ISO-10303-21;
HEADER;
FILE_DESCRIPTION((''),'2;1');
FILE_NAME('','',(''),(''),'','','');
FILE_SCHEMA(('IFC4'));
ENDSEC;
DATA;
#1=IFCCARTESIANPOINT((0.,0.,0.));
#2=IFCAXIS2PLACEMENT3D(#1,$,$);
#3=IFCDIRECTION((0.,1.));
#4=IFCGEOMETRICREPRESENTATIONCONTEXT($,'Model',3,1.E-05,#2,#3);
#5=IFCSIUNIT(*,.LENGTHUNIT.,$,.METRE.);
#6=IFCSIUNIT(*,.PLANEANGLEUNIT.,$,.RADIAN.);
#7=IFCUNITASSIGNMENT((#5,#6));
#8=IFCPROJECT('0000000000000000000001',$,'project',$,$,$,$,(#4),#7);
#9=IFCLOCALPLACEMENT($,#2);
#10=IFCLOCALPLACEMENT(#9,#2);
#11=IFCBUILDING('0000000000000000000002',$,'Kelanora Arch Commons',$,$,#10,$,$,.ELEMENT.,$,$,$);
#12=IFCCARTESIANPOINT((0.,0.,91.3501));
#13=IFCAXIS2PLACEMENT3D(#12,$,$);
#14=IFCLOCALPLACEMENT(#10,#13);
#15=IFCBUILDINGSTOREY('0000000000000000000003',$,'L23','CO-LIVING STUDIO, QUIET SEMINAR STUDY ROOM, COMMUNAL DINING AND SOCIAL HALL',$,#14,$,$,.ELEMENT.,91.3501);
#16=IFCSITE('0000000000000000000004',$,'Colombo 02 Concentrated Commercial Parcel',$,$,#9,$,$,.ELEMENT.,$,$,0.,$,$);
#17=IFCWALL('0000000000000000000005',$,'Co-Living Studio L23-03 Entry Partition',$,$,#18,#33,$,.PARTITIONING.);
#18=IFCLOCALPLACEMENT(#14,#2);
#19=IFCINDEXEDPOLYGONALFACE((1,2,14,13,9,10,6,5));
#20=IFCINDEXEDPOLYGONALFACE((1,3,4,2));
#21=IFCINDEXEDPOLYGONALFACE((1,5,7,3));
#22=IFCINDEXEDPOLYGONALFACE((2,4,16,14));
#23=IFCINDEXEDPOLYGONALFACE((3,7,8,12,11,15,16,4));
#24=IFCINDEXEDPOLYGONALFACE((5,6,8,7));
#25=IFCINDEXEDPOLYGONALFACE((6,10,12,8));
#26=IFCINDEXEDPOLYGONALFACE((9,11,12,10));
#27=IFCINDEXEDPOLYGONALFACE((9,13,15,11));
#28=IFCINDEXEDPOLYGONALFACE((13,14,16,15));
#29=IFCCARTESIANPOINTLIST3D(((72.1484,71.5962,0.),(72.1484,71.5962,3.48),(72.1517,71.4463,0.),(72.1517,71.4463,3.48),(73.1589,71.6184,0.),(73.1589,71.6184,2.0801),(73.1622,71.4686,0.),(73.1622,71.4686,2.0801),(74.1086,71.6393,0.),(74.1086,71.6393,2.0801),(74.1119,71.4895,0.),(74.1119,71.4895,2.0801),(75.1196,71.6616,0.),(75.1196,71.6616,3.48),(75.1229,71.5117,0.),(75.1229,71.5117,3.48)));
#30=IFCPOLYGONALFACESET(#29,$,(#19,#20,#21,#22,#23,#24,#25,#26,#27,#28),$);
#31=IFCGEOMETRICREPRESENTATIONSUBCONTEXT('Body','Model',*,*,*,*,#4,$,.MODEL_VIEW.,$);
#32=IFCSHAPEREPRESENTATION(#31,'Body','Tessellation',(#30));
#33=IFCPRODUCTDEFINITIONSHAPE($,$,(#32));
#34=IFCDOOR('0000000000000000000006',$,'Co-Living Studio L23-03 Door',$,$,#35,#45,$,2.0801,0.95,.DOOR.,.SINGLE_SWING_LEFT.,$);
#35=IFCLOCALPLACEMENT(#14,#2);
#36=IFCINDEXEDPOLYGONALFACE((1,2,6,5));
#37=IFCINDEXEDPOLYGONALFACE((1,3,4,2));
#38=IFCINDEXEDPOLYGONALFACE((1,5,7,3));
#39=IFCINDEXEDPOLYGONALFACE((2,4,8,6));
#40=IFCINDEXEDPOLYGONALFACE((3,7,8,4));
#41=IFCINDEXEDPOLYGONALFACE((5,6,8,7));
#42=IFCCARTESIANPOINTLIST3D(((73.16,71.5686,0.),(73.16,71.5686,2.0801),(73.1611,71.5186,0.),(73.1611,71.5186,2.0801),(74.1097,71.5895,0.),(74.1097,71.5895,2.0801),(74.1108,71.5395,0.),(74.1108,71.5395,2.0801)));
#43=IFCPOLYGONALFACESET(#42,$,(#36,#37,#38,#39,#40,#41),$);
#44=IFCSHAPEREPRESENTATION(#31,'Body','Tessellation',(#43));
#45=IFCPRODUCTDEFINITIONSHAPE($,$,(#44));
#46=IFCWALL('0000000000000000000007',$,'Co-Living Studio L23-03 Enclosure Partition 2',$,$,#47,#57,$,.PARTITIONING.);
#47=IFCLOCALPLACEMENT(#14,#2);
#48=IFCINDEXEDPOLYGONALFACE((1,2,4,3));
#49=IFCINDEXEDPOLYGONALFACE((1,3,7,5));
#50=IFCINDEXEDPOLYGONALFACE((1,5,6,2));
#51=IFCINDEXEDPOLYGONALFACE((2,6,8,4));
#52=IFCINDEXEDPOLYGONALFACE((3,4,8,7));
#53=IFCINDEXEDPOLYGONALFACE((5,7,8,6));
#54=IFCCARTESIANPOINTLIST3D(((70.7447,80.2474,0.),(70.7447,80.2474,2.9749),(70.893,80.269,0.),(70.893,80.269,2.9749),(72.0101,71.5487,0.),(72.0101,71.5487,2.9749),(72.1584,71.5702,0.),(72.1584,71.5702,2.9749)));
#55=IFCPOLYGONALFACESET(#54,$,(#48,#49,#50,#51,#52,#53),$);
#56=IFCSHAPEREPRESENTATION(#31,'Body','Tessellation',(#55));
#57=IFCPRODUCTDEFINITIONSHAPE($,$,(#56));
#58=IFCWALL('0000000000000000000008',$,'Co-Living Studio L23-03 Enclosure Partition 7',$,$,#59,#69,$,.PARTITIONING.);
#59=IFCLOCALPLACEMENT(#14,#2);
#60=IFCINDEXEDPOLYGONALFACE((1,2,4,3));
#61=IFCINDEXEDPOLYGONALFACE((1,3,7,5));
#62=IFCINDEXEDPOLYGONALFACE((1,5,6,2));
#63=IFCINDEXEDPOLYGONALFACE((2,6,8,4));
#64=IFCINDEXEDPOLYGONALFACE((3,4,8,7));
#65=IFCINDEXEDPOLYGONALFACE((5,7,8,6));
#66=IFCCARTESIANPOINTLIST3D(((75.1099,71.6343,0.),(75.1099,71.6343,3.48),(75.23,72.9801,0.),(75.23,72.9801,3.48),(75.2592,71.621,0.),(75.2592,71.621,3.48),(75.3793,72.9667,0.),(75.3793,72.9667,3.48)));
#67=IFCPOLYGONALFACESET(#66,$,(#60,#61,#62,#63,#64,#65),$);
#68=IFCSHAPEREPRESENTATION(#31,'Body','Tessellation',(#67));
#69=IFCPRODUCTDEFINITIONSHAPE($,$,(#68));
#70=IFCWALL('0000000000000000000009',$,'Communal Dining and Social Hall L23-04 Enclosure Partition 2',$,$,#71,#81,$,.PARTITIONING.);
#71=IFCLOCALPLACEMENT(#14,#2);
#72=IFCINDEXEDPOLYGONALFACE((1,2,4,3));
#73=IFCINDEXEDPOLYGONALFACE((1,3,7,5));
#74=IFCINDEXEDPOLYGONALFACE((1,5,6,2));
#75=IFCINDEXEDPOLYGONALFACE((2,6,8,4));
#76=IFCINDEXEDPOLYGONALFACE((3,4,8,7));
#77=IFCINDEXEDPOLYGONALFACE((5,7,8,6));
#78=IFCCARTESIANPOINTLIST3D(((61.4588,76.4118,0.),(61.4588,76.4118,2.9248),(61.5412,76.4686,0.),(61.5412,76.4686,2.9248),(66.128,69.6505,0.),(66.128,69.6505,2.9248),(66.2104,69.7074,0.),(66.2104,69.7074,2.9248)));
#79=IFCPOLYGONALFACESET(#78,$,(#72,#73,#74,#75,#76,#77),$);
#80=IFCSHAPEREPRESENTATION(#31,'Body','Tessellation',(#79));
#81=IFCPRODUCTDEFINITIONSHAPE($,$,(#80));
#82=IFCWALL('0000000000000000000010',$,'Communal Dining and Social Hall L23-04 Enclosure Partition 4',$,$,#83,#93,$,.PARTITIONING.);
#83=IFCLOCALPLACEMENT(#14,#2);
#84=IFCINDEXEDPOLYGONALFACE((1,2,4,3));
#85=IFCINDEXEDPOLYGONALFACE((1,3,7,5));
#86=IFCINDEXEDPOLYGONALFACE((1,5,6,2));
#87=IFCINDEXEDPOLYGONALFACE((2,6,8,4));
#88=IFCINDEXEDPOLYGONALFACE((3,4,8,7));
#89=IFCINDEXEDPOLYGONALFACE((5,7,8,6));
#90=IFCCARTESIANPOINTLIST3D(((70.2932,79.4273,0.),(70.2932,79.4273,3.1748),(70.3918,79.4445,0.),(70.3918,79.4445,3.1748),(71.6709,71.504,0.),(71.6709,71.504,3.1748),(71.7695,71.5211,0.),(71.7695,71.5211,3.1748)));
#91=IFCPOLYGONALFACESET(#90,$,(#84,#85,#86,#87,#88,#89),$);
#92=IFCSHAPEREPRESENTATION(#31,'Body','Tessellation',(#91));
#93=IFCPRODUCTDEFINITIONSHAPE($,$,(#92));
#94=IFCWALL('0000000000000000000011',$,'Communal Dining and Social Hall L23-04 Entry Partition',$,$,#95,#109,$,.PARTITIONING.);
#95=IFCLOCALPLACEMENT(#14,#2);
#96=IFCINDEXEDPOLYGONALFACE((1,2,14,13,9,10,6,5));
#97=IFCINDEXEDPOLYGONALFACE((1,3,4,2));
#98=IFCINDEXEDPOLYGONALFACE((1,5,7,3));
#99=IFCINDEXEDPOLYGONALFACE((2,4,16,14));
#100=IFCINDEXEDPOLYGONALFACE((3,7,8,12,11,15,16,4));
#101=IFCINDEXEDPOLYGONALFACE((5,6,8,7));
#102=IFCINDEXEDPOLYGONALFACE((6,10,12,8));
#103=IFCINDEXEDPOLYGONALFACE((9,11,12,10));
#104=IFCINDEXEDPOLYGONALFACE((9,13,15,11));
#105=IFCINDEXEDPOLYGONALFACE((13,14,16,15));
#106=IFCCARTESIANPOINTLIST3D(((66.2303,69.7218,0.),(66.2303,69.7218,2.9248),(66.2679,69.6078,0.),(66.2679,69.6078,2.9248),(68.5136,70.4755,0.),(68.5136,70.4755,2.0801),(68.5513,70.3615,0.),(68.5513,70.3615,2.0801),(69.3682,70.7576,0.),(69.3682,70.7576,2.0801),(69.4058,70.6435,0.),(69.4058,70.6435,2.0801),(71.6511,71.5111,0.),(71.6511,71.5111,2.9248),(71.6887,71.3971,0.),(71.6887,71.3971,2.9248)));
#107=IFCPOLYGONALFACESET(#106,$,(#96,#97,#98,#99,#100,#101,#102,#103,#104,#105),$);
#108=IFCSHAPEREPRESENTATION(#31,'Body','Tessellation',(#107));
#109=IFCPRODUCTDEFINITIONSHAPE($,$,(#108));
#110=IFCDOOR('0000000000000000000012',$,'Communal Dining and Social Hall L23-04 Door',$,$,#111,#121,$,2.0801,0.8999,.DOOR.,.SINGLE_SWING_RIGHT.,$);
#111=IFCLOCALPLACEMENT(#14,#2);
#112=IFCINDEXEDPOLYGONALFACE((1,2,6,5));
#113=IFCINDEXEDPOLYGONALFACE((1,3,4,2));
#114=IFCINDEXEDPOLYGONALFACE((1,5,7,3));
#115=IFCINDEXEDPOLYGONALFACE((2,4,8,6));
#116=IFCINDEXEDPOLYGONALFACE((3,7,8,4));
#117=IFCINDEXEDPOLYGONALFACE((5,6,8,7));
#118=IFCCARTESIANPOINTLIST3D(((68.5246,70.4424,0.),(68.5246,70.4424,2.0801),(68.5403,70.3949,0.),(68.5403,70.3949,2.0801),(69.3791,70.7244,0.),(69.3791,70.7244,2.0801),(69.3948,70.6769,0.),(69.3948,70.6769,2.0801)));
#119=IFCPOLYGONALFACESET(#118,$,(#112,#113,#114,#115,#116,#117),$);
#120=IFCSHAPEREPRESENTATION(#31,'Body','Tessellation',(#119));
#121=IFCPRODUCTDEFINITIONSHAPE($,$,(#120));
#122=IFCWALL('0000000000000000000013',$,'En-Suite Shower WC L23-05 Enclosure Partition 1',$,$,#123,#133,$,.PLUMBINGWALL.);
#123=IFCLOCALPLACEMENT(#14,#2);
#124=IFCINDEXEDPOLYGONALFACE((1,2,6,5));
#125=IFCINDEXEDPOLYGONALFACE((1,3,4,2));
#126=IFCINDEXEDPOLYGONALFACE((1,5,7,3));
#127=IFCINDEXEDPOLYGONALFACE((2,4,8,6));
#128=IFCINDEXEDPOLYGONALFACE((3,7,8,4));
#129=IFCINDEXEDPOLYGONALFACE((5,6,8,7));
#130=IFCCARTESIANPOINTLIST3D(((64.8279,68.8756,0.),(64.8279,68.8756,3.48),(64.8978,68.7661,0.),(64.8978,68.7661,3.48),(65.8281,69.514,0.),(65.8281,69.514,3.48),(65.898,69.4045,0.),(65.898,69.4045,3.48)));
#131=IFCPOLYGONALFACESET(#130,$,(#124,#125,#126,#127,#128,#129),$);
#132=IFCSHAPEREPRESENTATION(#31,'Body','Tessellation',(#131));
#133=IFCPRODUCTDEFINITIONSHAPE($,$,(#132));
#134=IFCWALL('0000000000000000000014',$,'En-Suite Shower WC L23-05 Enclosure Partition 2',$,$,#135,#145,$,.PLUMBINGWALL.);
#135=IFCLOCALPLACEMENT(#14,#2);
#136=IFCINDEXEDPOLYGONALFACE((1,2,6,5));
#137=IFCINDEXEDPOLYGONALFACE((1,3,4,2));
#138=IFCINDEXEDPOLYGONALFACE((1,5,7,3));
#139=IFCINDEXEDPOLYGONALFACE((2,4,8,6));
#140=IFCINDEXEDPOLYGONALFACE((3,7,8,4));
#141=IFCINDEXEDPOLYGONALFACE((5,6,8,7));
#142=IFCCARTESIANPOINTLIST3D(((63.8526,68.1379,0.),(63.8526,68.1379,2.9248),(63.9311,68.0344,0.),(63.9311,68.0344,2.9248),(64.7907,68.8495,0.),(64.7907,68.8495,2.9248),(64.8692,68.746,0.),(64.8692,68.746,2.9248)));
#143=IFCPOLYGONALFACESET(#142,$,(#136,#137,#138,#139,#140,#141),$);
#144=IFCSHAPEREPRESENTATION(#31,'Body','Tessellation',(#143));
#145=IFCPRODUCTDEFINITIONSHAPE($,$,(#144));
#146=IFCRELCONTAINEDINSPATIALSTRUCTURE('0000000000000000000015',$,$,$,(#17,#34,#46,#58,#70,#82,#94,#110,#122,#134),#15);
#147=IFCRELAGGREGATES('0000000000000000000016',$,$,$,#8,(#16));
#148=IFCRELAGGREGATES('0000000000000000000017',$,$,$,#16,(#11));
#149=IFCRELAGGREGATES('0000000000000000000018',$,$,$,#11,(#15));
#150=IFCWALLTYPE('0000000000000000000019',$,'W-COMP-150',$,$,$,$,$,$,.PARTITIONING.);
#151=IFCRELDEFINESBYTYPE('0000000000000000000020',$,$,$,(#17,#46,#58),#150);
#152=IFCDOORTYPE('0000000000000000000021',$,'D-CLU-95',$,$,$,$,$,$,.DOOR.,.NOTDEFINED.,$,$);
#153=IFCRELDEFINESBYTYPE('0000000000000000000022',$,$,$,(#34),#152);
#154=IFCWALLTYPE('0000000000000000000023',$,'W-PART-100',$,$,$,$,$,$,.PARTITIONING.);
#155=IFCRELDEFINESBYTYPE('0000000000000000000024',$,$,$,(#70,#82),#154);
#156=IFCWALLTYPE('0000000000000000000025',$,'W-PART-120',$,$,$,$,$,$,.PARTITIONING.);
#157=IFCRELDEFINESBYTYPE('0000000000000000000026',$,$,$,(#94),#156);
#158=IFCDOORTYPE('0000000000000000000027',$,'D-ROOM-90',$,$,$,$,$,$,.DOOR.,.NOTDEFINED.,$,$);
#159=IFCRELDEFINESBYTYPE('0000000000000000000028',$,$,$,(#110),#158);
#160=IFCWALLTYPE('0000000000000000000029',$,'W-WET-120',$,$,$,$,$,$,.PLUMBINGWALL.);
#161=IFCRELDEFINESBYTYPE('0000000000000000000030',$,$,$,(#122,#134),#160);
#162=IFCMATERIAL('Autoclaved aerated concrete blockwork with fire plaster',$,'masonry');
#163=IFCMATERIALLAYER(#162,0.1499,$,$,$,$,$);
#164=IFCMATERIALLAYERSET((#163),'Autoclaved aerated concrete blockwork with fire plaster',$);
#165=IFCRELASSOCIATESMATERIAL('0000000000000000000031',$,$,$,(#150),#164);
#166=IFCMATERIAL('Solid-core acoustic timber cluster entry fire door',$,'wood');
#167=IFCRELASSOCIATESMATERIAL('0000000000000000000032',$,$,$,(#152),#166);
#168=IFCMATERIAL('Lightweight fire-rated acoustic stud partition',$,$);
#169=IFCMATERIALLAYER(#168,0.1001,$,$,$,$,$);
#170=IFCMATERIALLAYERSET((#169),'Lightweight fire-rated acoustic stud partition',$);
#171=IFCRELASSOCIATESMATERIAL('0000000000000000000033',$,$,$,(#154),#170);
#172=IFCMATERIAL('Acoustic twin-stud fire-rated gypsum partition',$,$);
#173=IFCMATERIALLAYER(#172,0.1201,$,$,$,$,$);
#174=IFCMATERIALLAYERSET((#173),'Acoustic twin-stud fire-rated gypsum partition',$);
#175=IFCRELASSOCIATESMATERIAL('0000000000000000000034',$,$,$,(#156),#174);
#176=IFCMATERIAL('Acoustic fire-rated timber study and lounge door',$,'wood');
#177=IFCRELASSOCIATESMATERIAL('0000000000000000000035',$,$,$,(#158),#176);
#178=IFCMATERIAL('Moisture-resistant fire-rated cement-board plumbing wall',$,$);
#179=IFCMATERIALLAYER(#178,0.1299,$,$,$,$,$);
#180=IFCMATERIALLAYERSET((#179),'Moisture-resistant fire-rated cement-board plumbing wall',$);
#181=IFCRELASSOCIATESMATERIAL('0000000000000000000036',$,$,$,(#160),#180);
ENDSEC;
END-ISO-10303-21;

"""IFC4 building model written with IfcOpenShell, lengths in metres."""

from ifc_helpers import new_model, si_unit, direction, frame, frame_2d, origin, place, context, subcontext, project, spatial, rectangle, extrude, material, layer, layer_set, type_object, element, fill, save


model = new_model("IFC4")

# Units and contexts
model_context = context("Model", 3, precision=1e-05, world=origin(), true_north=direction((0.0, 1.0)))
body_context = subcontext(model_context, "Body", "Model", "MODEL_VIEW")
ifc_project = project(units=[si_unit("LENGTHUNIT", "METRE"), si_unit("PLANEANGLEUNIT", "RADIAN")], contexts=[model_context])

# Site, building, storey
site_placement = place(None, origin())
site = spatial("IfcSite", under=ifc_project, at=site_placement, Name="Colombo 02 Concentrated Commercial Parcel", CompositionType="ELEMENT", RefElevation=0.0)
building_placement = place(site_placement, origin())
building = spatial("IfcBuilding", under=site, at=building_placement, Name="Kelanora Arch Commons", CompositionType="ELEMENT")
storey_placement = place(building_placement, frame((0.0, 0.0, 91.3501)))
storey = spatial("IfcBuildingStorey", under=building, at=storey_placement, Name="L23", Description="CO-LIVING STUDIO, QUIET SEMINAR STUDY ROOM, COMMUNAL DINING AND SOCIAL HALL", CompositionType="ELEMENT", Elevation=91.3501)

# Wall, opening, door
ifc_material_1 = material(Name="Autoclaved aerated concrete blockwork with fire plaster", Category="masonry")
ifc_layer_1 = layer(ifc_material_1, 0.1499)
ifc_layer_set_1 = layer_set([ifc_layer_1], Name="Autoclaved aerated concrete blockwork with fire plaster")
wall_type_1 = type_object("IfcWallType", Name="W-COMP-150", PredefinedType="PARTITIONING", material=ifc_layer_set_1)
wall_1_placement = place(storey_placement, frame((75.1211, 71.5867, 0.0), z_axis=(0.0, 0.0, 1.0), x_axis=(-0.999758, -0.022016, 0.0)))
wall_1 = element("IfcWall", 1, at=wall_1_placement, inside=storey, type_object=wall_type_1, Name="Co-Living Studio L23-03 Entry Partition", PredefinedType="PARTITIONING", context=body_context, shape_type="SweptSolid", body=[
    extrude(rectangle(XDim=2.9719, YDim=0.1499, at=frame_2d((1.4858, 0.0))), origin(), (0.0, 0.0, 1.0), 3.48),
])
opening_1_placement = place(wall_1_placement, frame((1.011, 0.0, 0.0)))
opening_1 = element("IfcOpeningElement", 2, at=opening_1_placement, cuts=wall_1, PredefinedType="OPENING", context=body_context, shape_type="SweptSolid", body=[
    extrude(rectangle(XDim=0.95, YDim=2.0801, at=frame_2d((0.4751, 1.04))), frame((0.0, 0.085, 0.0), z_axis=(0.0, -1.0, 0.0), x_axis=(1.0, 0.0, 0.0)), (0.0, 0.0, 1.0), 0.1699),
])
ifc_material_2 = material(Name="Solid-core acoustic timber cluster entry fire door", Category="wood")
door_type_1 = type_object("IfcDoorType", Name="D-CLU-95", OperationType="NOTDEFINED", PredefinedType="DOOR", material=ifc_material_2)
door_1_placement = place(opening_1_placement, origin())
door_1 = element("IfcDoor", 3, at=door_1_placement, inside=storey, type_object=door_type_1, Name="Co-Living Studio L23-03 Door", OperationType="SINGLE_SWING_LEFT", OverallHeight=2.0801, OverallWidth=0.95, PredefinedType="DOOR", context=body_context, shape_type="SweptSolid", body=[
    extrude(rectangle(XDim=0.95, YDim=2.0801, at=frame_2d((0.4751, 1.04))), frame((0.0, 0.0249, 0.0), z_axis=(0.0, -1.0, 0.0), x_axis=(1.0, 0.0, 0.0)), (0.0, 0.0, 1.0), 0.05),
])
fill(opening_1, door_1)

# Walls
wall_2_placement = place(storey_placement, frame((72.0842, 71.5596, 0.0), z_axis=(0.0, 0.0, 1.0), x_axis=(-0.143952, 0.989585, 0.0)))
element("IfcWall", 4, at=wall_2_placement, inside=storey, type_object=wall_type_1, Name="Co-Living Studio L23-03 Enclosure Partition 2", PredefinedType="PARTITIONING", context=body_context, shape_type="SweptSolid", body=[
    extrude(rectangle(XDim=8.7903, YDim=0.1499, at=frame_2d((4.395, 0.0))), origin(), (0.0, 0.0, 1.0), 2.9749),
])
wall_3_placement = place(storey_placement, frame((75.3047, 72.9734, 0.0), z_axis=(0.0, 0.0, 1.0), x_axis=(-0.088906, -0.99604, 0.0)))
element("IfcWall", 5, at=wall_3_placement, inside=storey, type_object=wall_type_1, Name="Co-Living Studio L23-03 Enclosure Partition 7", PredefinedType="PARTITIONING", context=body_context, shape_type="SweptSolid", body=[
    extrude(rectangle(XDim=1.3511, YDim=0.1499, at=frame_2d((0.6755, 0.0))), origin(), (0.0, 0.0, 1.0), 3.48),
])
ifc_material_3 = material(Name="Lightweight fire-rated acoustic stud partition")
ifc_layer_2 = layer(ifc_material_3, 0.1001)
ifc_layer_set_2 = layer_set([ifc_layer_2], Name="Lightweight fire-rated acoustic stud partition")
wall_type_2 = type_object("IfcWallType", Name="W-PART-100", PredefinedType="PARTITIONING", material=ifc_layer_set_2)
wall_4_placement = place(storey_placement, frame((66.1692, 69.679, 0.0), z_axis=(0.0, 0.0, 1.0), x_axis=(-0.56825, 0.822856, 0.0)))
element("IfcWall", 6, at=wall_4_placement, inside=storey, type_object=wall_type_2, Name="Communal Dining and Social Hall L23-04 Enclosure Partition 2", PredefinedType="PARTITIONING", context=body_context, shape_type="SweptSolid", body=[
    extrude(rectangle(XDim=8.2168, YDim=0.1001, at=frame_2d((4.1084, 0.0))), origin(), (0.0, 0.0, 1.0), 2.9248),
])
wall_5_placement = place(storey_placement, frame((70.3425, 79.4358, 0.0), z_axis=(0.0, 0.0, 1.0), x_axis=(0.171307, -0.985218, 0.0)))
element("IfcWall", 7, at=wall_5_placement, inside=storey, type_object=wall_type_2, Name="Communal Dining and Social Hall L23-04 Enclosure Partition 4", PredefinedType="PARTITIONING", context=body_context, shape_type="SweptSolid", body=[
    extrude(rectangle(XDim=8.0422, YDim=0.1001, at=frame_2d((4.021, 0.0))), origin(), (0.0, 0.0, 1.0), 3.1748),
])

# Wall, opening, door
ifc_material_4 = material(Name="Acoustic twin-stud fire-rated gypsum partition")
ifc_layer_3 = layer(ifc_material_4, 0.1201)
ifc_layer_set_3 = layer_set([ifc_layer_3], Name="Acoustic twin-stud fire-rated gypsum partition")
wall_type_3 = type_object("IfcWallType", Name="W-PART-120", PredefinedType="PARTITIONING", material=ifc_layer_set_3)
wall_6_placement = place(storey_placement, frame((71.6699, 71.4541, 0.0), z_axis=(0.0, 0.0, 1.0), x_axis=(-0.949607, -0.313442, 0.0)))
wall_6 = element("IfcWall", 8, at=wall_6_placement, inside=storey, type_object=wall_type_3, Name="Communal Dining and Social Hall L23-04 Entry Partition", PredefinedType="PARTITIONING", context=body_context, shape_type="SweptSolid", body=[
    extrude(rectangle(XDim=5.7085, YDim=0.1201, at=frame_2d((2.8542, 0.0))), origin(), (0.0, 0.0, 1.0), 2.9248),
])
opening_2_placement = place(wall_6_placement, frame((2.4041, 0.0, 0.0)))
opening_2 = element("IfcOpeningElement", 9, at=opening_2_placement, cuts=wall_6, PredefinedType="OPENING", context=body_context, shape_type="SweptSolid", body=[
    extrude(rectangle(XDim=0.8999, YDim=2.0801, at=frame_2d((0.45, 1.04))), frame((0.0, 0.0701, 0.0), z_axis=(0.0, -1.0, 0.0), x_axis=(1.0, 0.0, 0.0)), (0.0, 0.0, 1.0), 0.1401),
])
ifc_material_5 = material(Name="Acoustic fire-rated timber study and lounge door", Category="wood")
door_type_2 = type_object("IfcDoorType", Name="D-ROOM-90", OperationType="NOTDEFINED", PredefinedType="DOOR", material=ifc_material_5)
door_2_placement = place(opening_2_placement, origin())
door_2 = element("IfcDoor", 10, at=door_2_placement, inside=storey, type_object=door_type_2, Name="Communal Dining and Social Hall L23-04 Door", OperationType="SINGLE_SWING_RIGHT", OverallHeight=2.0801, OverallWidth=0.8999, PredefinedType="DOOR", context=body_context, shape_type="SweptSolid", body=[
    extrude(rectangle(XDim=0.8999, YDim=2.0801, at=frame_2d((0.45, 1.04))), frame((0.0, 0.0249, 0.0), z_axis=(0.0, -1.0, 0.0), x_axis=(1.0, 0.0, 0.0)), (0.0, 0.0, 1.0), 0.05),
])
fill(opening_2, door_2)

# Walls
ifc_material_6 = material(Name="Moisture-resistant fire-rated cement-board plumbing wall")
ifc_layer_4 = layer(ifc_material_6, 0.1299)
ifc_layer_set_4 = layer_set([ifc_layer_4], Name="Moisture-resistant fire-rated cement-board plumbing wall")
wall_type_4 = type_object("IfcWallType", Name="W-WET-120", PredefinedType="PLUMBINGWALL", material=ifc_layer_set_4)
wall_7_placement = place(storey_placement, frame((65.863, 69.4592, 0.0), z_axis=(0.0, 0.0, 1.0), x_axis=(-0.842932, -0.53802, 0.0)))
element("IfcWall", 11, at=wall_7_placement, inside=storey, type_object=wall_type_4, Name="En-Suite Shower WC L23-05 Enclosure Partition 1", PredefinedType="PLUMBINGWALL", context=body_context, shape_type="SweptSolid", body=[
    extrude(rectangle(XDim=1.1865, YDim=0.1299, at=frame_2d((0.5933, 0.0))), origin(), (0.0, 0.0, 1.0), 3.48),
])
wall_8_placement = place(storey_placement, frame((64.8301, 68.7979, 0.0), z_axis=(0.0, 0.0, 1.0), x_axis=(-0.796729, -0.604337, 0.0)))
element("IfcWall", 12, at=wall_8_placement, inside=storey, type_object=wall_type_4, Name="En-Suite Shower WC L23-05 Enclosure Partition 2", PredefinedType="PLUMBINGWALL", context=body_context, shape_type="SweptSolid", body=[
    extrude(rectangle(XDim=1.1775, YDim=0.1299, at=frame_2d((0.5889, 0.0))), origin(), (0.0, 0.0, 1.0), 2.9248),
])

save(model, "model.ifc")
